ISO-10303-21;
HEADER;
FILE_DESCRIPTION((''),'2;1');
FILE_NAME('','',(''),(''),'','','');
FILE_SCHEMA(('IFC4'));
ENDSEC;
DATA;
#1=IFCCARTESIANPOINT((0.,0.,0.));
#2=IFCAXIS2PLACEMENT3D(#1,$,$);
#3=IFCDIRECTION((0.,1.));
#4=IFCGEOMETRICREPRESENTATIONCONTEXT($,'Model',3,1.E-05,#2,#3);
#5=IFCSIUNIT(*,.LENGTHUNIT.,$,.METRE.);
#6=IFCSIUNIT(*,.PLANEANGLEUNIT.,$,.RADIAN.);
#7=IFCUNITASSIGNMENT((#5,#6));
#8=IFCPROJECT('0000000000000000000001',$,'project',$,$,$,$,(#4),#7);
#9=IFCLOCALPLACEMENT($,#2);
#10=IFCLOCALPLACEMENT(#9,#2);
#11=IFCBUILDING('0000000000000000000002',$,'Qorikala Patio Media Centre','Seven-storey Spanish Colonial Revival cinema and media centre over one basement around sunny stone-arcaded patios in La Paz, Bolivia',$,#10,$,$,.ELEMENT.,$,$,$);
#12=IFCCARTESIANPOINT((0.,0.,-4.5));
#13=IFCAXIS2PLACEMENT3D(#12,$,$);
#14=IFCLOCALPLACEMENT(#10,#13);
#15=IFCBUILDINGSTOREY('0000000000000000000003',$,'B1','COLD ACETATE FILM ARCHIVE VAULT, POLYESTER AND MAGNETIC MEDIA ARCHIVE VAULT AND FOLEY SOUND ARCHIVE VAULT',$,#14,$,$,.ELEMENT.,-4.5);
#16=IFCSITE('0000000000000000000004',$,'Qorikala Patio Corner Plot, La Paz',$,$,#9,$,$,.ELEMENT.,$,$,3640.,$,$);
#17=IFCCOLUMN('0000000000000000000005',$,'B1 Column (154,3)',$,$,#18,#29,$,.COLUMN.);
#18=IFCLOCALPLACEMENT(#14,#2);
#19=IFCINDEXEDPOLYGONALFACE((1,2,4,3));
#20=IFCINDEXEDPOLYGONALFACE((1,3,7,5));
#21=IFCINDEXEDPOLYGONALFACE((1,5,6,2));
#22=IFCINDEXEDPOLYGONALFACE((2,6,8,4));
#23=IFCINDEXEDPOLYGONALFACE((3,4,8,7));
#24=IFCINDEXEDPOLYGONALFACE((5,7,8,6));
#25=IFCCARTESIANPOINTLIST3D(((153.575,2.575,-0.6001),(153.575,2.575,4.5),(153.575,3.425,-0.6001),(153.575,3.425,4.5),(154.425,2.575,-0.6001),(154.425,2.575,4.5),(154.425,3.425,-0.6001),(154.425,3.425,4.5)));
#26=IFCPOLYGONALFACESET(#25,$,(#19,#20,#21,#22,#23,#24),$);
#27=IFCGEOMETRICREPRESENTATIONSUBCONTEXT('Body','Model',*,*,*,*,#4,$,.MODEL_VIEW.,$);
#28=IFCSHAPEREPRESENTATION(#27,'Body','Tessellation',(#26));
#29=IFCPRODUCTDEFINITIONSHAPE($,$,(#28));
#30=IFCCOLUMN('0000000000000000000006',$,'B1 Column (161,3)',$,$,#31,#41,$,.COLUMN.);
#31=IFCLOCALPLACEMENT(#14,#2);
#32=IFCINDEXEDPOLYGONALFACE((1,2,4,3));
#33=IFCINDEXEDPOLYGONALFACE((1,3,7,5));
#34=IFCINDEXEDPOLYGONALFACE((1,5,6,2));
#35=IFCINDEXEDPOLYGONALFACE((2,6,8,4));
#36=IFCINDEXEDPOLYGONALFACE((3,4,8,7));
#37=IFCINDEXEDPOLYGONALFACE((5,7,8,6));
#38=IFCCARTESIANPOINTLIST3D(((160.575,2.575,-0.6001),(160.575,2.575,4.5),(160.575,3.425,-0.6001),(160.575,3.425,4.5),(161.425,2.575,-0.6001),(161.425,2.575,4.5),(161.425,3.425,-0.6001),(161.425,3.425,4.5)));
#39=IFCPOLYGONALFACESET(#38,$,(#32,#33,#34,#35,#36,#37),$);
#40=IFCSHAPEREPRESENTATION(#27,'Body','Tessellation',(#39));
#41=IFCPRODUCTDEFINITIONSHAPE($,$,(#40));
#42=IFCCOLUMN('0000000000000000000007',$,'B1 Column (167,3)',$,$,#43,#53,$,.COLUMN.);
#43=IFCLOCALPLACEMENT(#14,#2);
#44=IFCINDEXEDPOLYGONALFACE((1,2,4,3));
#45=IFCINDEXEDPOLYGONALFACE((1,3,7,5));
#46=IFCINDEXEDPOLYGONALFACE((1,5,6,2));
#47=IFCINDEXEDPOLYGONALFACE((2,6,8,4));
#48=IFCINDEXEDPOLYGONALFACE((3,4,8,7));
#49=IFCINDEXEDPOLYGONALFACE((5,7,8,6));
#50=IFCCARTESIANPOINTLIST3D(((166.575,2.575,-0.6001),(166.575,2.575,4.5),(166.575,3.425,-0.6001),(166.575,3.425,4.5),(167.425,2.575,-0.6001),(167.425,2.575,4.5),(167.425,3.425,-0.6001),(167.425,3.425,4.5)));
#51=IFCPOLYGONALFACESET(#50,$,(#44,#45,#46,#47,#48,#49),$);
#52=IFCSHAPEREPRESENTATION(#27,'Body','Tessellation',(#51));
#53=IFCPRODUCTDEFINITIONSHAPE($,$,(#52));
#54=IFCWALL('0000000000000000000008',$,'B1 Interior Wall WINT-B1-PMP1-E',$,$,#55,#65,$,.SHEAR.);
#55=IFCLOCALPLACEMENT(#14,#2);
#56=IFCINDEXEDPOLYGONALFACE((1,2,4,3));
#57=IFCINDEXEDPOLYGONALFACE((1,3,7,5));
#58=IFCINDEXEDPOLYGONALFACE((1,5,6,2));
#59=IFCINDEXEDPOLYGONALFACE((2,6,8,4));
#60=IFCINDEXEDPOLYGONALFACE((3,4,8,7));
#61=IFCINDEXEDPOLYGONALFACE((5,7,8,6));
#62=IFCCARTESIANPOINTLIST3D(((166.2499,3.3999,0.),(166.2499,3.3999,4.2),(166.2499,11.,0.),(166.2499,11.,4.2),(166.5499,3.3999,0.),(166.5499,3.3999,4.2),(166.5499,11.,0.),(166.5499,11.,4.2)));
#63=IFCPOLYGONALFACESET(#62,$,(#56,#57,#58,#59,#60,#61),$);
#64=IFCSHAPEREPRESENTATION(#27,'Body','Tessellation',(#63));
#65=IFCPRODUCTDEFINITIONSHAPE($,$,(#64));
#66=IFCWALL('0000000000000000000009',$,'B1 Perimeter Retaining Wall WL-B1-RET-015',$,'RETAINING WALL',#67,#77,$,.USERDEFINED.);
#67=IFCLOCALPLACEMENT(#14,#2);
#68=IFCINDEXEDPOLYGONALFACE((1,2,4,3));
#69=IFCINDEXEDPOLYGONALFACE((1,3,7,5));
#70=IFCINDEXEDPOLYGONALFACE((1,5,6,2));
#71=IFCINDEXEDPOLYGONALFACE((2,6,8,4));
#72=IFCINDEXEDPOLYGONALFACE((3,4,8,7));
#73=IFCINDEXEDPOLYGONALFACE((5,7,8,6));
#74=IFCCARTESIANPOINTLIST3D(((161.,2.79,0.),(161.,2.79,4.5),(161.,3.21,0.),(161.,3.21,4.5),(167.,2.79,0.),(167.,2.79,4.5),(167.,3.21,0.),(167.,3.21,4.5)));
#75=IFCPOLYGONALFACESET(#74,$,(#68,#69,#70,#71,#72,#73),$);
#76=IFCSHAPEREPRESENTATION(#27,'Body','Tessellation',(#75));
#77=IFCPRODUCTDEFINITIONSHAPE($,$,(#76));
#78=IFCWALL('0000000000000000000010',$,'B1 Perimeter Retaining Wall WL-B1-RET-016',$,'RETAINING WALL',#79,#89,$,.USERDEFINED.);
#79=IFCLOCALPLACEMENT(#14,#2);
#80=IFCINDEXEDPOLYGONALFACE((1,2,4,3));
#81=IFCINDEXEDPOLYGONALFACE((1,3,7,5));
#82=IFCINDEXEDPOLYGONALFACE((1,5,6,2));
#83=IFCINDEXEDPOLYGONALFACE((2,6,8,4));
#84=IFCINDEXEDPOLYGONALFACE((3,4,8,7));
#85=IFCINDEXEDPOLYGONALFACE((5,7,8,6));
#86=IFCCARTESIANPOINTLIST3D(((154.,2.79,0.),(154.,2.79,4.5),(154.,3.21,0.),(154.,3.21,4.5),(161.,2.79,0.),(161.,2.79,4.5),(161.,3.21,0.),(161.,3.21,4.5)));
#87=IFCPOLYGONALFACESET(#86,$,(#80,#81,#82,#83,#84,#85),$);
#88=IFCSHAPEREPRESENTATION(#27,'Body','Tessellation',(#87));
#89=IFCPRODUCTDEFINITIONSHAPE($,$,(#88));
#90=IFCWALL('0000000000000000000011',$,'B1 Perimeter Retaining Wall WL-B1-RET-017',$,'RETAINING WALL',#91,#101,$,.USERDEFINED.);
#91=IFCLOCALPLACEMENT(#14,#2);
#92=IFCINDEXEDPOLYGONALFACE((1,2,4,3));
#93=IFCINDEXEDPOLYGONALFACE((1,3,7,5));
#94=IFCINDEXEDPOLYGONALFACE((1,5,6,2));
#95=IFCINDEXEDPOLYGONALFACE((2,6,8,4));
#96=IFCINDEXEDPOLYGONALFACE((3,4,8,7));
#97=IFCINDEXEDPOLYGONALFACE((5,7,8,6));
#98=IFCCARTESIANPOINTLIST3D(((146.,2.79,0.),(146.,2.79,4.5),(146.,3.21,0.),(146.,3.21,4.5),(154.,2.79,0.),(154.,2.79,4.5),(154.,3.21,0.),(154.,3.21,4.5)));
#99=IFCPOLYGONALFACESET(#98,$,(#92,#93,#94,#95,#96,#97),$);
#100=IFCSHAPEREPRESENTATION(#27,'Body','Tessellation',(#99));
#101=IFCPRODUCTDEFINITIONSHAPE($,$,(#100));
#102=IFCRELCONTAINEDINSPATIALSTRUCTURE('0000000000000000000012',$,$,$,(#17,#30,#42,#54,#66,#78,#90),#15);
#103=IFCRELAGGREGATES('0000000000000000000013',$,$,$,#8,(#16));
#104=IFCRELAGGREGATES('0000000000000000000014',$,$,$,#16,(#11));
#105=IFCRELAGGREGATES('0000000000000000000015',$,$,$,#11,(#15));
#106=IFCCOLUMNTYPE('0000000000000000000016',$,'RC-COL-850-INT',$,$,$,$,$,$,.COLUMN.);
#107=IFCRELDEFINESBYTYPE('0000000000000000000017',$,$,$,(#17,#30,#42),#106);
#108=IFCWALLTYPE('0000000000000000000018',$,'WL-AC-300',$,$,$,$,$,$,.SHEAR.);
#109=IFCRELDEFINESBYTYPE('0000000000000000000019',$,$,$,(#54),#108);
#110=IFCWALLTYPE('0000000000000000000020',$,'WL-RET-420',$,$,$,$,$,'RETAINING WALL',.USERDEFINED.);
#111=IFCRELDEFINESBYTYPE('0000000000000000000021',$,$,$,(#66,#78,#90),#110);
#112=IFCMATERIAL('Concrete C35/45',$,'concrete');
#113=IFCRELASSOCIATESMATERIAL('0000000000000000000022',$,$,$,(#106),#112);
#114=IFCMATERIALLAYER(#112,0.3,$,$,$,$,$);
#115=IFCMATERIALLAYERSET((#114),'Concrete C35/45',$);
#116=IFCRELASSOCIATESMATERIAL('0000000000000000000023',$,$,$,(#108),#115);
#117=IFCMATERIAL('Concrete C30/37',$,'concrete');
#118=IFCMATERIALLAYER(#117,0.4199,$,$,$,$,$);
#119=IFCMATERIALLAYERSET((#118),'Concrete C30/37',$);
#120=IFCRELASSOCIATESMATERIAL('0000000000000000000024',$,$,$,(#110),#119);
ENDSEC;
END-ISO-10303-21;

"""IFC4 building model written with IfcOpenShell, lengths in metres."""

from ifc_helpers import new_model, si_unit, direction, frame, frame_2d, origin, origin_2d, place, context, subcontext, project, spatial, rectangle, extrude, material, layer, layer_set, material_profile, profile_set, type_object, element, save


model = new_model("IFC4")

# Units and contexts
model_context = context("Model", 3, precision=1e-05, world=origin(), true_north=direction((0.0, 1.0)))
body_context = subcontext(model_context, "Body", "Model", "MODEL_VIEW")
ifc_project = project(units=[si_unit("LENGTHUNIT", "METRE"), si_unit("PLANEANGLEUNIT", "RADIAN")], contexts=[model_context])

# Site, building, storey
site_placement = place(None, origin())
site = spatial("IfcSite", under=ifc_project, at=site_placement, Name="Qorikala Patio Corner Plot, La Paz", CompositionType="ELEMENT", RefElevation=3640.0)
building_placement = place(site_placement, origin())
building = spatial("IfcBuilding", under=site, at=building_placement, Name="Qorikala Patio Media Centre", Description="Seven-storey Spanish Colonial Revival cinema and media centre over one basement around sunny stone-arcaded patios in La Paz, Bolivia", CompositionType="ELEMENT")
storey_placement = place(building_placement, frame((0.0, 0.0, -4.5)))
storey = spatial("IfcBuildingStorey", under=building, at=storey_placement, Name="B1", Description="COLD ACETATE FILM ARCHIVE VAULT, POLYESTER AND MAGNETIC MEDIA ARCHIVE VAULT AND FOLEY SOUND ARCHIVE VAULT", CompositionType="ELEMENT", Elevation=-4.5)

# Shared definitions
ifc_material_1 = material(Name="Concrete C30/37", Category="concrete")

# Columns
ifc_material_2 = material(Name="Concrete C35/45", Category="concrete")
ifc_material_profile_1 = material_profile(ifc_material_2, rectangle(XDim=0.8501, YDim=0.8501, at=origin_2d()), Name="RC 850x850")
ifc_profile_set_1 = profile_set([ifc_material_profile_1], Name="Concrete C35/45")
column_type = type_object("IfcColumnType", Name="RC-COL-850-INT", PredefinedType="COLUMN", material=ifc_profile_set_1)
for number, where, z_axis, x_axis, name in (
    (1, (154.0, 3.0, -0.6001), (0.0, 0.0, 1.0), (1.0, 0.0, 0.0), "B1 Column (154,3)"),
    (2, (161.0, 3.0, -0.6001), (0.0, 0.0, 1.0), (1.0, 0.0, 0.0), "B1 Column (161,3)"),
    (3, (167.0, 3.0, -0.6001), (0.0, 0.0, 1.0), (1.0, 0.0, 0.0), "B1 Column (167,3)"),
):
    element("IfcColumn", number, at=place(storey_placement, frame(where, z_axis=z_axis, x_axis=x_axis)), inside=storey, type_object=column_type, Name=name, PredefinedType="COLUMN", context=body_context, shape_type="SweptSolid", body=[
        extrude(rectangle(XDim=0.8501, YDim=0.8501, at=origin_2d()), origin(), (0.0, 0.0, 1.0), 5.1001),
    ])

# Walls
ifc_layer_1 = layer(ifc_material_2, 0.3)
ifc_layer_set_1 = layer_set([ifc_layer_1], Name="Concrete C35/45")
wall_type_1 = type_object("IfcWallType", Name="WL-AC-300", PredefinedType="SHEAR", material=ifc_layer_set_1)
wall_1_placement = place(storey_placement, frame((166.3999, 3.3999, 0.0), z_axis=(0.0, 0.0, 1.0), x_axis=(0.0, 1.0, 0.0)))
element("IfcWall", 4, at=wall_1_placement, inside=storey, type_object=wall_type_1, Name="B1 Interior Wall WINT-B1-PMP1-E", PredefinedType="SHEAR", context=body_context, shape_type="SweptSolid", body=[
    extrude(rectangle(XDim=7.6001, YDim=0.3, at=frame_2d((3.8, 0.0))), origin(), (0.0, 0.0, 1.0), 4.2),
])
ifc_layer_2 = layer(ifc_material_1, 0.4199)
ifc_layer_set_2 = layer_set([ifc_layer_2], Name="Concrete C30/37")
wall_type_2 = type_object("IfcWallType", Name="WL-RET-420", ElementType="RETAINING WALL", PredefinedType="USERDEFINED", material=ifc_layer_set_2)
wall_2_placement = place(storey_placement, frame((167.0, 3.0, 0.0), z_axis=(0.0, 0.0, 1.0), x_axis=(-1.0, 0.0, 0.0)))
element("IfcWall", 5, at=wall_2_placement, inside=storey, type_object=wall_type_2, Name="B1 Perimeter Retaining Wall WL-B1-RET-015", ObjectType="RETAINING WALL", PredefinedType="USERDEFINED", context=body_context, shape_type="SweptSolid", body=[
    extrude(rectangle(XDim=6.0, YDim=0.4199, at=frame_2d((3.0, 0.0))), origin(), (0.0, 0.0, 1.0), 4.5),
])
wall_3_placement = place(storey_placement, frame((161.0, 3.0, 0.0), z_axis=(0.0, 0.0, 1.0), x_axis=(-1.0, 0.0, 0.0)))
element("IfcWall", 6, at=wall_3_placement, inside=storey, type_object=wall_type_2, Name="B1 Perimeter Retaining Wall WL-B1-RET-016", ObjectType="RETAINING WALL", PredefinedType="USERDEFINED", context=body_context, shape_type="SweptSolid", body=[
    extrude(rectangle(XDim=7.0, YDim=0.4199, at=frame_2d((3.5, 0.0))), origin(), (0.0, 0.0, 1.0), 4.5),
])
wall_4_placement = place(storey_placement, frame((154.0, 3.0, 0.0), z_axis=(0.0, 0.0, 1.0), x_axis=(-1.0, 0.0, 0.0)))
element("IfcWall", 7, at=wall_4_placement, inside=storey, type_object=wall_type_2, Name="B1 Perimeter Retaining Wall WL-B1-RET-017", ObjectType="RETAINING WALL", PredefinedType="USERDEFINED", context=body_context, shape_type="SweptSolid", body=[
    extrude(rectangle(XDim=8.0, YDim=0.4199, at=frame_2d((4.0, 0.0))), origin(), (0.0, 0.0, 1.0), 4.5),
])

save(model, "model.ifc")
